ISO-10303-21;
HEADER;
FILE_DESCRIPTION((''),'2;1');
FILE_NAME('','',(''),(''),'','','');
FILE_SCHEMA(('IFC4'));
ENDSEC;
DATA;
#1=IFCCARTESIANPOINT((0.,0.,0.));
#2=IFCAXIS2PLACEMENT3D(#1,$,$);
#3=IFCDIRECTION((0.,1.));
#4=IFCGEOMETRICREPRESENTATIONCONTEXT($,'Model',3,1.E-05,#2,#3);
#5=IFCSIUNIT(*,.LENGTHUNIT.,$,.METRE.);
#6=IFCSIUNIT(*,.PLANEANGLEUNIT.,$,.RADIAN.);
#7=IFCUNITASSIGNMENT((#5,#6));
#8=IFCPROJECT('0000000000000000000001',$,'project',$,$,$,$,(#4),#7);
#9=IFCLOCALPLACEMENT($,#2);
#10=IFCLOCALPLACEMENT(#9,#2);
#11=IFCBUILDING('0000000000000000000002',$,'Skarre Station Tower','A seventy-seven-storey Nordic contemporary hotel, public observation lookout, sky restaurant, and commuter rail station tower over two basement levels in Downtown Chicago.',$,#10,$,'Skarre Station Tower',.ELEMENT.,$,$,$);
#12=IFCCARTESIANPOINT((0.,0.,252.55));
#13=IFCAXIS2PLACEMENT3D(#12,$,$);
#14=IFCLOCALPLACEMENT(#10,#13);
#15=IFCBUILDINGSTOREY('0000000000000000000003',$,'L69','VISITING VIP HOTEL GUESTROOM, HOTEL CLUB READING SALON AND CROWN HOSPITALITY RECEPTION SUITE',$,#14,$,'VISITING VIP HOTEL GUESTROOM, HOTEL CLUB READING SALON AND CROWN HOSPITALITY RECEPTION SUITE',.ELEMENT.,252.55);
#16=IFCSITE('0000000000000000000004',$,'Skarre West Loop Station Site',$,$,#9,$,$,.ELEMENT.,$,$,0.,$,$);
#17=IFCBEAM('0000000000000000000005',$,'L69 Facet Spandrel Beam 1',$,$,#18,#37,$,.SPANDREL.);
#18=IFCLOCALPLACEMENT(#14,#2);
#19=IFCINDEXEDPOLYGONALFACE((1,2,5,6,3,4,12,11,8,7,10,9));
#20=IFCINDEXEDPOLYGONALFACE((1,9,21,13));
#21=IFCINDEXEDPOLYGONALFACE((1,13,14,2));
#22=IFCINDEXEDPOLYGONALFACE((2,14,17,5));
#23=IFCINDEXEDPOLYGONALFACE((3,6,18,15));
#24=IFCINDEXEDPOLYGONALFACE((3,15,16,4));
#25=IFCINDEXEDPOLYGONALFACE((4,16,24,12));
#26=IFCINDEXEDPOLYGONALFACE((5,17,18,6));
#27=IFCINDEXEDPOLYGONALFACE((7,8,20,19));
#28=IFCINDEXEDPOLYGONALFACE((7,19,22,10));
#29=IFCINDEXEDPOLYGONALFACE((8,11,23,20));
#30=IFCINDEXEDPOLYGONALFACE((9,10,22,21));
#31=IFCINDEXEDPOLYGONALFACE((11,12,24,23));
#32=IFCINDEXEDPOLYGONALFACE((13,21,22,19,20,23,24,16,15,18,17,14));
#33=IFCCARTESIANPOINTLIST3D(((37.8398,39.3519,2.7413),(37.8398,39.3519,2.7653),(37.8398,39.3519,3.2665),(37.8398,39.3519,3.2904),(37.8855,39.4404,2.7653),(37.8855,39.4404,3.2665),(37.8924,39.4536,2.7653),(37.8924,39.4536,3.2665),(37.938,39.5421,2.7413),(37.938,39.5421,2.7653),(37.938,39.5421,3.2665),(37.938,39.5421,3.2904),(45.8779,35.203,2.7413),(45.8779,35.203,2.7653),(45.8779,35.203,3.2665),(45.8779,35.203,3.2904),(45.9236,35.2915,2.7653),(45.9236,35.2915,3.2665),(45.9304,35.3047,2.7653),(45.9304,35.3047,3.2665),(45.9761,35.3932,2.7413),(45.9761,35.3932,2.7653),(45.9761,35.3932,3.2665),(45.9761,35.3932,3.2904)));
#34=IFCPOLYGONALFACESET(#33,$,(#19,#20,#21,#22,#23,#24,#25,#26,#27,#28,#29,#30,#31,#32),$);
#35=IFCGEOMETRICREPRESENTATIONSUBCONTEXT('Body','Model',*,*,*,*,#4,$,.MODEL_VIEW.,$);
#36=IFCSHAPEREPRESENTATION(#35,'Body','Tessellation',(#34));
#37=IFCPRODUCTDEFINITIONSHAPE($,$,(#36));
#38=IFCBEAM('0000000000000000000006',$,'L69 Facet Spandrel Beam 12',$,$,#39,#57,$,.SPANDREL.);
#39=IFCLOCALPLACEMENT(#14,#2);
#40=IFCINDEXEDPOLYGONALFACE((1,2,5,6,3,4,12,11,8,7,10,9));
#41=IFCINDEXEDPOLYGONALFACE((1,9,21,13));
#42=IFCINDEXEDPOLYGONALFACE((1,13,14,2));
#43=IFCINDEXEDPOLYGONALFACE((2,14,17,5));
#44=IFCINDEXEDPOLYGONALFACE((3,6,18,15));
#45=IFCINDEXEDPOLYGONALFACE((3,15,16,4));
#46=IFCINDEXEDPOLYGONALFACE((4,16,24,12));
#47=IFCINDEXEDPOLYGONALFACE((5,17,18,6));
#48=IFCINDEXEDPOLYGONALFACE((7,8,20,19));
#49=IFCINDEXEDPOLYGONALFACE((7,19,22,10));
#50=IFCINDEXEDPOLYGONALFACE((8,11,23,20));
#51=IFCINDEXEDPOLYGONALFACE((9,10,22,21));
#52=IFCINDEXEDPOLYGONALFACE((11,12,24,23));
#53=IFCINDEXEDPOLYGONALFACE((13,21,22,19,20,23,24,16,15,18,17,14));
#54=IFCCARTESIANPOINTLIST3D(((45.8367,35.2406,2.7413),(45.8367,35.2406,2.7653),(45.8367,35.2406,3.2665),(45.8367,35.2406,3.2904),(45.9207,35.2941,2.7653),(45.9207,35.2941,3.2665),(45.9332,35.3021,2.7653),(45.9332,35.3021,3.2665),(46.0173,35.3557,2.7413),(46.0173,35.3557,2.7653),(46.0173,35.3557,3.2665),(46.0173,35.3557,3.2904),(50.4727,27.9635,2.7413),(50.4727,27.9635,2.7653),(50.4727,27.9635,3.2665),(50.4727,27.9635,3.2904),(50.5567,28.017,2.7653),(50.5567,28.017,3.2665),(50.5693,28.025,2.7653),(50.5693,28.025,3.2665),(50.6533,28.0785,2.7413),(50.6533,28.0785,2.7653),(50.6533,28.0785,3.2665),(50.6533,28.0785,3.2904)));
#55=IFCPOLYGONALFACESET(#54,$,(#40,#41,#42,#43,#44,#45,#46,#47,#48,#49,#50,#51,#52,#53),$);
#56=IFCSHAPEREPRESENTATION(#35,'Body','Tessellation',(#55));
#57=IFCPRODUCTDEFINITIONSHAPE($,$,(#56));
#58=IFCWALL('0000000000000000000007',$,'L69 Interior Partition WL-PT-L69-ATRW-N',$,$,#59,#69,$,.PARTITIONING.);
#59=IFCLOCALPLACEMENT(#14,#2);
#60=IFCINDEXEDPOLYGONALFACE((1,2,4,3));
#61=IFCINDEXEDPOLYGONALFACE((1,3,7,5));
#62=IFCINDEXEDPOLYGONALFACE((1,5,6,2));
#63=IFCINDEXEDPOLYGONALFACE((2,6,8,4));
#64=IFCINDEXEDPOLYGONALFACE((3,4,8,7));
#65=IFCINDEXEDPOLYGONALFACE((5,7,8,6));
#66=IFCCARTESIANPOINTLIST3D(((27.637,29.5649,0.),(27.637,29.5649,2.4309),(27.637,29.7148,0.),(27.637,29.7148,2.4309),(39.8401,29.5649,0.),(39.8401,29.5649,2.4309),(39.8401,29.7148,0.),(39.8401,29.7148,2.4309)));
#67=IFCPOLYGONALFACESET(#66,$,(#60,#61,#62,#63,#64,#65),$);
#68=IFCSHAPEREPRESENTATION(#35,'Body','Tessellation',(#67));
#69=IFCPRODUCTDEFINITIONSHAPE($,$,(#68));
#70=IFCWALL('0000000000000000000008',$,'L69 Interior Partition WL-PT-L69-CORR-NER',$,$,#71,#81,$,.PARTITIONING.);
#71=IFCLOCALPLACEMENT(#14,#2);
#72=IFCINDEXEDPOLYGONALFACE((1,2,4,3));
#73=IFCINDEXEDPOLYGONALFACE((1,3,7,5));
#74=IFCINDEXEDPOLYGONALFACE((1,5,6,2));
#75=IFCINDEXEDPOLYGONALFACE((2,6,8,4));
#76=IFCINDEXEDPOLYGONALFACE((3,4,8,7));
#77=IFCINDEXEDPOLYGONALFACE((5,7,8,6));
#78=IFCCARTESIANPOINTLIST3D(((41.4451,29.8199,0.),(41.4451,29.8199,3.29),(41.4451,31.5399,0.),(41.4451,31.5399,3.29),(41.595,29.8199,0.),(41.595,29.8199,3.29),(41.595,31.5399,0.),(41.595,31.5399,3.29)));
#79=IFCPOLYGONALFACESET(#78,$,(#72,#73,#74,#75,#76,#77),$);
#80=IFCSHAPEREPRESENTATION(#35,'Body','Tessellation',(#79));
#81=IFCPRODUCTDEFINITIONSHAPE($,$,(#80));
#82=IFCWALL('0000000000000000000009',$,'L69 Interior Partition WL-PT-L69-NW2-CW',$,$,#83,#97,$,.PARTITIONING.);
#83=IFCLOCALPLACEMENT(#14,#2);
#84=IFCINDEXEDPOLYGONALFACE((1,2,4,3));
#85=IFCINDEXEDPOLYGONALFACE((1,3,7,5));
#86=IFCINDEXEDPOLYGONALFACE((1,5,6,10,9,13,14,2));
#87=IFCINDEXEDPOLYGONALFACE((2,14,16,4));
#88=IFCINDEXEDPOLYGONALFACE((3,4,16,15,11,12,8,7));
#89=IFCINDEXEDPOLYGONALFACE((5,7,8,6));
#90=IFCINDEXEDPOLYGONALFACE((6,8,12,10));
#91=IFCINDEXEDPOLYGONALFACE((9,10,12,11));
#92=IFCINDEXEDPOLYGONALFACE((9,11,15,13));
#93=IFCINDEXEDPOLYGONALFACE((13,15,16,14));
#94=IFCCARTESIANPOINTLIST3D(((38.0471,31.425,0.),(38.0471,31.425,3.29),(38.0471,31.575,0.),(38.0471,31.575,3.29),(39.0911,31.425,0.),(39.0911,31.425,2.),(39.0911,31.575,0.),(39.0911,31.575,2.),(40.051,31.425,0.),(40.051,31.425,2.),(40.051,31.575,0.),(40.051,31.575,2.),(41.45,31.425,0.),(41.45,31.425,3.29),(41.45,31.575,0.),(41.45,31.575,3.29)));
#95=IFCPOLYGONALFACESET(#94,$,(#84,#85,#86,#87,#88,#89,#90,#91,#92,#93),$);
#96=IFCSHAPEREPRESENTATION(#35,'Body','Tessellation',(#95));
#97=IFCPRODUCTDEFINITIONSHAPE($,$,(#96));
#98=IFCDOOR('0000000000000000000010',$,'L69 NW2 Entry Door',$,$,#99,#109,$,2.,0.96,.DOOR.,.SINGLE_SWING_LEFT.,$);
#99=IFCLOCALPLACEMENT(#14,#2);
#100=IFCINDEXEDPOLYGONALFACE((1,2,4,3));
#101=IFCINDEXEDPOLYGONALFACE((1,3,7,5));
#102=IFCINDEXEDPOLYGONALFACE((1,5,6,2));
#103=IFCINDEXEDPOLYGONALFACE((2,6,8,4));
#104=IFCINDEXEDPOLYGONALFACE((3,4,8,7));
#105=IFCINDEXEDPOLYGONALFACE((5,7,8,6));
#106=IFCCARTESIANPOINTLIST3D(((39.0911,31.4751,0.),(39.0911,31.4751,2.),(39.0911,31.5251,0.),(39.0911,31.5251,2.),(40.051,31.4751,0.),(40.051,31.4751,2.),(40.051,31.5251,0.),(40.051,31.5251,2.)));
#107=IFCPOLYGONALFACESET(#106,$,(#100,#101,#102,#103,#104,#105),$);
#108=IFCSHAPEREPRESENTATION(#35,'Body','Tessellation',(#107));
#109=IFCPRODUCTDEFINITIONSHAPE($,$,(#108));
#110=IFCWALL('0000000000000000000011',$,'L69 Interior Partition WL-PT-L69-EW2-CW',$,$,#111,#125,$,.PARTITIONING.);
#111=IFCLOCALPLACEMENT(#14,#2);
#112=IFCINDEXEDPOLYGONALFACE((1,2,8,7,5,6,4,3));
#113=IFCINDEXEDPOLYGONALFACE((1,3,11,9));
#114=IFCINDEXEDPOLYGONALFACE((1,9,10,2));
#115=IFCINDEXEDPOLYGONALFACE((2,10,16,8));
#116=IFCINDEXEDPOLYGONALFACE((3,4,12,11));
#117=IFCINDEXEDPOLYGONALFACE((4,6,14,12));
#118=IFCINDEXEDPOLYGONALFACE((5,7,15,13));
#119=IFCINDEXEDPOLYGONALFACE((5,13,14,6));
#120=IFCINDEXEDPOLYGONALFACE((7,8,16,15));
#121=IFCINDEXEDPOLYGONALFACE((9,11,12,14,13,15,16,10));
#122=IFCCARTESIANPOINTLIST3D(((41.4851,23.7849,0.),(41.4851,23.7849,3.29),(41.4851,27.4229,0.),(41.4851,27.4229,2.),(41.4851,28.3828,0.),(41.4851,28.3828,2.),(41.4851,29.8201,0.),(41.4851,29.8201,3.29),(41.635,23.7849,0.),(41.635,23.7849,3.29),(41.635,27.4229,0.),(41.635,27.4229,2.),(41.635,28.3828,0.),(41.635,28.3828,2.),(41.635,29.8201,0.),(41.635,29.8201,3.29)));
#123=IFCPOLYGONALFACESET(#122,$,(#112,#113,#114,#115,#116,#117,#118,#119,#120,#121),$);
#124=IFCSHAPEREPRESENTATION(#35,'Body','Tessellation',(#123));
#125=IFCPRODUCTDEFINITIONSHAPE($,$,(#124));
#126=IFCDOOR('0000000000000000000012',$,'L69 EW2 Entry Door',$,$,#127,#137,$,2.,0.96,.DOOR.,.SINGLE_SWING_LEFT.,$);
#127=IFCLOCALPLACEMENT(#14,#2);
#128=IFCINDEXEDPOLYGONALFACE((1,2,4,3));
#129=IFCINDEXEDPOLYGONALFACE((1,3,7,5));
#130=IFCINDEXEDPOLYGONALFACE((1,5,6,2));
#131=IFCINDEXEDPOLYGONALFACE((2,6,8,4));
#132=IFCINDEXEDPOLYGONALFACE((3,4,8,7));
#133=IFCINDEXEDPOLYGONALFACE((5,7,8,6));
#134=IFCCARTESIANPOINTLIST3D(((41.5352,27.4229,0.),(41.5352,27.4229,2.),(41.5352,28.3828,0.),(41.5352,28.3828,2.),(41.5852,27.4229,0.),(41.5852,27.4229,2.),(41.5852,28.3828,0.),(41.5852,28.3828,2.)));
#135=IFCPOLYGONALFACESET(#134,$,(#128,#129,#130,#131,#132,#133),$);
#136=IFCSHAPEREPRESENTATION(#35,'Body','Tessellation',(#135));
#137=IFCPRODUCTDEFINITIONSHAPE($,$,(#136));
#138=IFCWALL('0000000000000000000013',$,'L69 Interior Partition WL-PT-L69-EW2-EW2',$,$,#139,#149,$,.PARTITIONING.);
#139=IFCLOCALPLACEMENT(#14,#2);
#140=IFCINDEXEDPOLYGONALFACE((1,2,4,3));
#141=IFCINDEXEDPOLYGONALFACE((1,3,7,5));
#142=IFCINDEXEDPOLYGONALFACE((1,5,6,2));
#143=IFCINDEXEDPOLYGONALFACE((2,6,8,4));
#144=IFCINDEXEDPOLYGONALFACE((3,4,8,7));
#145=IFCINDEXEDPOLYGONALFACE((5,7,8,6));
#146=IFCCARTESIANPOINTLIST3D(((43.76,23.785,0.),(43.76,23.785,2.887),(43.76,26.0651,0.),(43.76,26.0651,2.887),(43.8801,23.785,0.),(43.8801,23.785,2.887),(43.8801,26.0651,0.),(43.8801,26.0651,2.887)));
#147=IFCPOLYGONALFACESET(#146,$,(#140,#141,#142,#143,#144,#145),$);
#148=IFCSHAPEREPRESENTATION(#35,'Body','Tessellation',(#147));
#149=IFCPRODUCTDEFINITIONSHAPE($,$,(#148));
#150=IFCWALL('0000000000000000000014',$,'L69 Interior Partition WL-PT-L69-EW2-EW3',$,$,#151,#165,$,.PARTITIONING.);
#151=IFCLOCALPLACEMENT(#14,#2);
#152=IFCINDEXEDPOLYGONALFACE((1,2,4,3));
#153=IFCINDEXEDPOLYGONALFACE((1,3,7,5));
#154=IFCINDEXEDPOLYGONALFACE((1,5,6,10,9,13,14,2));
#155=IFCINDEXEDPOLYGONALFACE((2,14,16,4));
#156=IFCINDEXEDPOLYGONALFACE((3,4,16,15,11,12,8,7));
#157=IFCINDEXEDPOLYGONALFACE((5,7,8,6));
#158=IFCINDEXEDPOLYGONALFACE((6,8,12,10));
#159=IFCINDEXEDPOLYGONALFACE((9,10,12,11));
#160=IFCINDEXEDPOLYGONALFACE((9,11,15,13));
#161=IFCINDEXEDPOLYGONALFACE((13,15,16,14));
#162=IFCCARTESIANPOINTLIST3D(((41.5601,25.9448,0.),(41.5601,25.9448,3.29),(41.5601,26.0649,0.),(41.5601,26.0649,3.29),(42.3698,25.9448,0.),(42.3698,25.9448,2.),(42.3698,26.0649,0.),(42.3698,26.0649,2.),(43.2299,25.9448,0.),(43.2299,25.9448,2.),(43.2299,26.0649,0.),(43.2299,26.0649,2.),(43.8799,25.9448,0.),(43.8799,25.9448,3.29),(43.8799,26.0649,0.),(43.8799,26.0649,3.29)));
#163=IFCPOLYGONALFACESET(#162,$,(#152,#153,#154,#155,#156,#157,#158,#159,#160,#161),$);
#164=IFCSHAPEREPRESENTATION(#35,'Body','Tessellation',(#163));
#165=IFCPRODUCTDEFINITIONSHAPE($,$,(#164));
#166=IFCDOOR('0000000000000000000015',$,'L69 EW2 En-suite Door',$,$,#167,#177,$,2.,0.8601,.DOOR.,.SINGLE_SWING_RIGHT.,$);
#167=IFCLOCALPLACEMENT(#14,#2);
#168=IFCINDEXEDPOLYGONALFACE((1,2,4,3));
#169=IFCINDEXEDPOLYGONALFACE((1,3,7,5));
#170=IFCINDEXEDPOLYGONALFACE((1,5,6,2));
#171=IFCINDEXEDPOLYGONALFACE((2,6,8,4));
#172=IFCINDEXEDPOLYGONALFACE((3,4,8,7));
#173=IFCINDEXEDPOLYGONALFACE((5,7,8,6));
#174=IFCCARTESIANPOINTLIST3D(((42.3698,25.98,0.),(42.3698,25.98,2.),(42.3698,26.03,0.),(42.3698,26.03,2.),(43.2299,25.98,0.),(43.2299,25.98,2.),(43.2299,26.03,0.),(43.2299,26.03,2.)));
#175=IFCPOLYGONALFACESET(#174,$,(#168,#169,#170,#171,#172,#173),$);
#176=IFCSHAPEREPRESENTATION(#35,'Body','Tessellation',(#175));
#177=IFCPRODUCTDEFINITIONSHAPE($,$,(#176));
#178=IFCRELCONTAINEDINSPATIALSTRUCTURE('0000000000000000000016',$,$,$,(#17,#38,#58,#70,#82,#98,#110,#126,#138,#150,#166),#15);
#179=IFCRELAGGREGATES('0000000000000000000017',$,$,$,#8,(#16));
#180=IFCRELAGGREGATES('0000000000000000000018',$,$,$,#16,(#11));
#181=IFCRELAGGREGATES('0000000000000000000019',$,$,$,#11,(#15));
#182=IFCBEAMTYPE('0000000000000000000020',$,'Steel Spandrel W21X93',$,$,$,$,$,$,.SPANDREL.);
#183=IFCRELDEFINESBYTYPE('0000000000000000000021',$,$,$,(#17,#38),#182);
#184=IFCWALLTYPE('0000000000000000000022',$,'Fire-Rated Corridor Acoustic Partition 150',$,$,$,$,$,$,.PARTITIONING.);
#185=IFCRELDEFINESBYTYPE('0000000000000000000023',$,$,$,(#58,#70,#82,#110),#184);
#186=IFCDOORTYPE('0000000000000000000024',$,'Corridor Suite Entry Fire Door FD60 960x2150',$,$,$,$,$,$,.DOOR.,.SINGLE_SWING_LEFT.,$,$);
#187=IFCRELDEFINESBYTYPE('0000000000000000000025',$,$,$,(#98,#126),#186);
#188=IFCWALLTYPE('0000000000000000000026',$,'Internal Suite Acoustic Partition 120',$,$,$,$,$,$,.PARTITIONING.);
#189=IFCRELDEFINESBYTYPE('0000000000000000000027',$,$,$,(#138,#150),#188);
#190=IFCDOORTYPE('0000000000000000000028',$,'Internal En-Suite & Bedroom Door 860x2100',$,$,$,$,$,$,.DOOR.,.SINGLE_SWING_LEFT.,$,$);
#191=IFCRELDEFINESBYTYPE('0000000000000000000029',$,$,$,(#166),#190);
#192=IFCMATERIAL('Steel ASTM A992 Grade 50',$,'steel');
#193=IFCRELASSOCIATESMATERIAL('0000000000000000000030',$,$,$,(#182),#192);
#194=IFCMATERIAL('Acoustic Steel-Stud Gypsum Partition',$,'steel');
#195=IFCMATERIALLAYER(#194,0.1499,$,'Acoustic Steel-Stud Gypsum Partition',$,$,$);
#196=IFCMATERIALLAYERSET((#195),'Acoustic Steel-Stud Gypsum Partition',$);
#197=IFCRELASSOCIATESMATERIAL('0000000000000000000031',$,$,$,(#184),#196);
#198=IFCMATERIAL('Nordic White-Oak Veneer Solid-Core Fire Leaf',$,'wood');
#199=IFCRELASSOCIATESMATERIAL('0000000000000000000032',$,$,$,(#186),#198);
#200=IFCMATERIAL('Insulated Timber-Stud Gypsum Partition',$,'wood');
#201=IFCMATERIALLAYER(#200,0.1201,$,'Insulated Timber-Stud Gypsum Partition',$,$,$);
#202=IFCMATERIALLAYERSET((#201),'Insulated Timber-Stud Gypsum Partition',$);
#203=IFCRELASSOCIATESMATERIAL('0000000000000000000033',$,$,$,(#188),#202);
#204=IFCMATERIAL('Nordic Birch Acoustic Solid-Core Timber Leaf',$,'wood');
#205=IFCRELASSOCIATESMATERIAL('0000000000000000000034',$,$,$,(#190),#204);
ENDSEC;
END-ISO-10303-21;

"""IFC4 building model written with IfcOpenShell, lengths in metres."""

from ifc_helpers import new_model, si_unit, direction, frame, frame_2d, origin, origin_2d, place, context, subcontext, project, spatial, rectangle, i_section, extrude, material, layer, layer_set, material_profile, profile_set, type_object, element, fill, save


model = new_model("IFC4")

# Units and contexts
model_context = context("Model", 3, precision=1e-05, world=origin(), true_north=direction((0.0, 1.0)))
body_context = subcontext(model_context, "Body", "Model", "MODEL_VIEW")
ifc_project = project(units=[si_unit("LENGTHUNIT", "METRE"), si_unit("PLANEANGLEUNIT", "RADIAN")], contexts=[model_context])

# Site, building, storey
site_placement = place(None, origin())
site = spatial("IfcSite", under=ifc_project, at=site_placement, Name="Skarre West Loop Station Site", CompositionType="ELEMENT", RefElevation=0.0)
building_placement = place(site_placement, origin())
building = spatial("IfcBuilding", under=site, at=building_placement, Name="Skarre Station Tower", Description="A seventy-seven-storey Nordic contemporary hotel, public observation lookout, sky restaurant, and commuter rail station tower over two basement levels in Downtown Chicago.", LongName="Skarre Station Tower", CompositionType="ELEMENT")
storey_placement = place(building_placement, frame((0.0, 0.0, 252.55)))
storey = spatial("IfcBuildingStorey", under=building, at=storey_placement, Name="L69", Description="VISITING VIP HOTEL GUESTROOM, HOTEL CLUB READING SALON AND CROWN HOSPITALITY RECEPTION SUITE", LongName="VISITING VIP HOTEL GUESTROOM, HOTEL CLUB READING SALON AND CROWN HOSPITALITY RECEPTION SUITE", CompositionType="ELEMENT", Elevation=252.55)

# Beams
ifc_material_1 = material(Name="Steel ASTM A992 Grade 50", Category="steel")
ifc_material_profile_1 = material_profile(ifc_material_1, i_section(OverallWidth=0.2141, OverallDepth=0.5491, WebThickness=0.0149, FlangeThickness=0.0239, at=origin_2d()), Name="Steel ASTM A992 Grade 50")
ifc_profile_set_1 = profile_set([ifc_material_profile_1], Name="Steel ASTM A992 Grade 50")
beam_type_1 = type_object("IfcBeamType", Name="Steel Spandrel W21X93", PredefinedType="SPANDREL", material=ifc_profile_set_1)
beam_1_placement = place(storey_placement, frame((45.927, 35.2981, 3.0159), z_axis=(-0.88861, 0.458664, 0.0), x_axis=(-0.458664, -0.88861, 0.0)))
element("IfcBeam", 1, at=beam_1_placement, inside=storey, type_object=beam_type_1, Name="L69 Facet Spandrel Beam 1", PredefinedType="SPANDREL", context=body_context, shape_type="SweptSolid", body=[
    extrude(i_section(OverallWidth=0.2141, OverallDepth=0.5491, WebThickness=0.0149, FlangeThickness=0.0239, at=origin_2d()), origin(), (0.0, 0.0, 1.0), 9.0457),
])
beam_2_placement = place(storey_placement, frame((50.563, 28.021, 3.0159), z_axis=(-0.537297, 0.843393, 0.0), x_axis=(-0.843393, -0.537297, 0.0)))
element("IfcBeam", 2, at=beam_2_placement, inside=storey, type_object=beam_type_1, Name="L69 Facet Spandrel Beam 12", PredefinedType="SPANDREL", context=body_context, shape_type="SweptSolid", body=[
    extrude(i_section(OverallWidth=0.2141, OverallDepth=0.5491, WebThickness=0.0149, FlangeThickness=0.0239, at=origin_2d()), origin(), (0.0, 0.0, 1.0), 8.6284),
])

# Walls
ifc_material_2 = material(Name="Acoustic Steel-Stud Gypsum Partition", Category="steel")
ifc_layer_1 = layer(ifc_material_2, 0.1499, Name="Acoustic Steel-Stud Gypsum Partition")
ifc_layer_set_1 = layer_set([ifc_layer_1], Name="Acoustic Steel-Stud Gypsum Partition")
wall_type_1 = type_object("IfcWallType", Name="Fire-Rated Corridor Acoustic Partition 150", PredefinedType="PARTITIONING", material=ifc_layer_set_1)
wall_1_placement = place(storey_placement, frame((39.8401, 29.6399, 0.0), z_axis=(0.0, 0.0, 1.0), x_axis=(-1.0, 0.0, 0.0)))
element("IfcWall", 3, at=wall_1_placement, inside=storey, type_object=wall_type_1, Name="L69 Interior Partition WL-PT-L69-ATRW-N", PredefinedType="PARTITIONING", context=body_context, shape_type="SweptSolid", body=[
    extrude(rectangle(XDim=12.2031, YDim=0.1499, at=frame_2d((6.1016, 0.0))), origin(), (0.0, 0.0, 1.0), 2.4309),
])
wall_2_placement = place(storey_placement, frame((41.52, 29.8201, 0.0), z_axis=(0.0, 0.0, 1.0), x_axis=(0.0, 1.0, 0.0)))
element("IfcWall", 4, at=wall_2_placement, inside=storey, type_object=wall_type_1, Name="L69 Interior Partition WL-PT-L69-CORR-NER", PredefinedType="PARTITIONING", context=body_context, shape_type="SweptSolid", body=[
    extrude(rectangle(XDim=1.72, YDim=0.1499, at=frame_2d((0.8599, 0.0))), origin(), (0.0, 0.0, 1.0), 3.29),
])

# Walls, openings, doors
wall_3_placement = place(storey_placement, frame((41.45, 31.5, 0.0), z_axis=(0.0, 0.0, 1.0), x_axis=(-1.0, 0.0, 0.0)))
wall_3 = element("IfcWall", 5, at=wall_3_placement, inside=storey, type_object=wall_type_1, Name="L69 Interior Partition WL-PT-L69-NW2-CW", PredefinedType="PARTITIONING", context=body_context, shape_type="SweptSolid", body=[
    extrude(rectangle(XDim=3.4028, YDim=0.1499, at=frame_2d((1.7014, 0.0))), origin(), (0.0, 0.0, 1.0), 3.29),
])
opening_1_placement = place(wall_3_placement, frame((1.3989, 0.0, 0.0)))
opening_1 = element("IfcOpeningElement", 6, at=opening_1_placement, cuts=wall_3, PredefinedType="OPENING", context=body_context, shape_type="SweptSolid", body=[
    extrude(rectangle(XDim=0.96, YDim=2.0, at=frame_2d((0.48, 1.0))), frame((0.0, 0.085, 0.0), z_axis=(0.0, -1.0, 0.0), x_axis=(1.0, 0.0, 0.0)), (0.0, 0.0, 1.0), 0.1699),
])
ifc_material_3 = material(Name="Nordic White-Oak Veneer Solid-Core Fire Leaf", Category="wood")
door_type_1 = type_object("IfcDoorType", Name="Corridor Suite Entry Fire Door FD60 960x2150", OperationType="SINGLE_SWING_LEFT", PredefinedType="DOOR", material=ifc_material_3)
door_1_placement = place(opening_1_placement, origin())
door_1 = element("IfcDoor", 7, at=door_1_placement, inside=storey, type_object=door_type_1, Name="L69 NW2 Entry Door", OperationType="SINGLE_SWING_LEFT", OverallHeight=2.0, OverallWidth=0.96, PredefinedType="DOOR", context=body_context, shape_type="SweptSolid", body=[
    extrude(rectangle(XDim=0.96, YDim=2.0, at=frame_2d((0.48, 1.0))), frame((0.0, 0.0249, 0.0), z_axis=(0.0, -1.0, 0.0), x_axis=(1.0, 0.0, 0.0)), (0.0, 0.0, 1.0), 0.05),
])
fill(opening_1, door_1)
wall_4_placement = place(storey_placement, frame((41.5601, 23.7849, 0.0), z_axis=(0.0, 0.0, 1.0), x_axis=(0.0, 1.0, 0.0)))
wall_4 = element("IfcWall", 8, at=wall_4_placement, inside=storey, type_object=wall_type_1, Name="L69 Interior Partition WL-PT-L69-EW2-CW", PredefinedType="PARTITIONING", context=body_context, shape_type="SweptSolid", body=[
    extrude(rectangle(XDim=6.0352, YDim=0.1499, at=frame_2d((3.0176, 0.0))), origin(), (0.0, 0.0, 1.0), 3.29),
])
opening_2_placement = place(wall_4_placement, frame((3.6379, 0.0, 0.0)))
opening_2 = element("IfcOpeningElement", 9, at=opening_2_placement, cuts=wall_4, PredefinedType="OPENING", context=body_context, shape_type="SweptSolid", body=[
    extrude(rectangle(XDim=0.96, YDim=2.0, at=frame_2d((0.48, 1.0))), frame((0.0, 0.085, 0.0), z_axis=(0.0, -1.0, 0.0), x_axis=(1.0, 0.0, 0.0)), (0.0, 0.0, 1.0), 0.1699),
])
door_2_placement = place(opening_2_placement, origin())
door_2 = element("IfcDoor", 10, at=door_2_placement, inside=storey, type_object=door_type_1, Name="L69 EW2 Entry Door", OperationType="SINGLE_SWING_LEFT", OverallHeight=2.0, OverallWidth=0.96, PredefinedType="DOOR", context=body_context, shape_type="SweptSolid", body=[
    extrude(rectangle(XDim=0.96, YDim=2.0, at=frame_2d((0.48, 1.0))), frame((0.0, 0.0249, 0.0), z_axis=(0.0, -1.0, 0.0), x_axis=(1.0, 0.0, 0.0)), (0.0, 0.0, 1.0), 0.05),
])
fill(opening_2, door_2)

# Wall
ifc_material_4 = material(Name="Insulated Timber-Stud Gypsum Partition", Category="wood")
ifc_layer_2 = layer(ifc_material_4, 0.1201, Name="Insulated Timber-Stud Gypsum Partition")
ifc_layer_set_2 = layer_set([ifc_layer_2], Name="Insulated Timber-Stud Gypsum Partition")
wall_type_2 = type_object("IfcWallType", Name="Internal Suite Acoustic Partition 120", PredefinedType="PARTITIONING", material=ifc_layer_set_2)
wall_5_placement = place(storey_placement, frame((43.8201, 23.7849, 0.0), z_axis=(0.0, 0.0, 1.0), x_axis=(0.0, 1.0, 0.0)))
element("IfcWall", 11, at=wall_5_placement, inside=storey, type_object=wall_type_2, Name="L69 Interior Partition WL-PT-L69-EW2-EW2", PredefinedType="PARTITIONING", context=body_context, shape_type="SweptSolid", body=[
    extrude(rectangle(XDim=2.28, YDim=0.1201, at=frame_2d((1.1401, 0.0))), origin(), (0.0, 0.0, 1.0), 2.887),
])

# Wall, opening, door
wall_6_placement = place(storey_placement, frame((43.8799, 26.0049, 0.0), z_axis=(0.0, 0.0, 1.0), x_axis=(-1.0, 0.0, 0.0)))
wall_6 = element("IfcWall", 12, at=wall_6_placement, inside=storey, type_object=wall_type_2, Name="L69 Interior Partition WL-PT-L69-EW2-EW3", PredefinedType="PARTITIONING", context=body_context, shape_type="SweptSolid", body=[
    extrude(rectangle(XDim=2.3198, YDim=0.1201, at=frame_2d((1.1599, 0.0))), origin(), (0.0, 0.0, 1.0), 3.29),
])
opening_3_placement = place(wall_6_placement, frame((0.6499, 0.0, 0.0)))
opening_3 = element("IfcOpeningElement", 13, at=opening_3_placement, cuts=wall_6, PredefinedType="OPENING", context=body_context, shape_type="SweptSolid", body=[
    extrude(rectangle(XDim=0.8601, YDim=2.0, at=frame_2d((0.4302, 1.0))), frame((0.0, 0.0701, 0.0), z_axis=(0.0, -1.0, 0.0), x_axis=(1.0, 0.0, 0.0)), (0.0, 0.0, 1.0), 0.1401),
])
ifc_material_5 = material(Name="Nordic Birch Acoustic Solid-Core Timber Leaf", Category="wood")
door_type_2 = type_object("IfcDoorType", Name="Internal En-Suite & Bedroom Door 860x2100", OperationType="SINGLE_SWING_LEFT", PredefinedType="DOOR", material=ifc_material_5)
door_3_placement = place(opening_3_placement, origin())
door_3 = element("IfcDoor", 14, at=door_3_placement, inside=storey, type_object=door_type_2, Name="L69 EW2 En-suite Door", OperationType="SINGLE_SWING_RIGHT", OverallHeight=2.0, OverallWidth=0.8601, PredefinedType="DOOR", context=body_context, shape_type="SweptSolid", body=[
    extrude(rectangle(XDim=0.8601, YDim=2.0, at=frame_2d((0.4302, 1.0))), frame((0.0, 0.0249, 0.0), z_axis=(0.0, -1.0, 0.0), x_axis=(1.0, 0.0, 0.0)), (0.0, 0.0, 1.0), 0.05),
])
fill(opening_3, door_3)

save(model, "model.ifc")
